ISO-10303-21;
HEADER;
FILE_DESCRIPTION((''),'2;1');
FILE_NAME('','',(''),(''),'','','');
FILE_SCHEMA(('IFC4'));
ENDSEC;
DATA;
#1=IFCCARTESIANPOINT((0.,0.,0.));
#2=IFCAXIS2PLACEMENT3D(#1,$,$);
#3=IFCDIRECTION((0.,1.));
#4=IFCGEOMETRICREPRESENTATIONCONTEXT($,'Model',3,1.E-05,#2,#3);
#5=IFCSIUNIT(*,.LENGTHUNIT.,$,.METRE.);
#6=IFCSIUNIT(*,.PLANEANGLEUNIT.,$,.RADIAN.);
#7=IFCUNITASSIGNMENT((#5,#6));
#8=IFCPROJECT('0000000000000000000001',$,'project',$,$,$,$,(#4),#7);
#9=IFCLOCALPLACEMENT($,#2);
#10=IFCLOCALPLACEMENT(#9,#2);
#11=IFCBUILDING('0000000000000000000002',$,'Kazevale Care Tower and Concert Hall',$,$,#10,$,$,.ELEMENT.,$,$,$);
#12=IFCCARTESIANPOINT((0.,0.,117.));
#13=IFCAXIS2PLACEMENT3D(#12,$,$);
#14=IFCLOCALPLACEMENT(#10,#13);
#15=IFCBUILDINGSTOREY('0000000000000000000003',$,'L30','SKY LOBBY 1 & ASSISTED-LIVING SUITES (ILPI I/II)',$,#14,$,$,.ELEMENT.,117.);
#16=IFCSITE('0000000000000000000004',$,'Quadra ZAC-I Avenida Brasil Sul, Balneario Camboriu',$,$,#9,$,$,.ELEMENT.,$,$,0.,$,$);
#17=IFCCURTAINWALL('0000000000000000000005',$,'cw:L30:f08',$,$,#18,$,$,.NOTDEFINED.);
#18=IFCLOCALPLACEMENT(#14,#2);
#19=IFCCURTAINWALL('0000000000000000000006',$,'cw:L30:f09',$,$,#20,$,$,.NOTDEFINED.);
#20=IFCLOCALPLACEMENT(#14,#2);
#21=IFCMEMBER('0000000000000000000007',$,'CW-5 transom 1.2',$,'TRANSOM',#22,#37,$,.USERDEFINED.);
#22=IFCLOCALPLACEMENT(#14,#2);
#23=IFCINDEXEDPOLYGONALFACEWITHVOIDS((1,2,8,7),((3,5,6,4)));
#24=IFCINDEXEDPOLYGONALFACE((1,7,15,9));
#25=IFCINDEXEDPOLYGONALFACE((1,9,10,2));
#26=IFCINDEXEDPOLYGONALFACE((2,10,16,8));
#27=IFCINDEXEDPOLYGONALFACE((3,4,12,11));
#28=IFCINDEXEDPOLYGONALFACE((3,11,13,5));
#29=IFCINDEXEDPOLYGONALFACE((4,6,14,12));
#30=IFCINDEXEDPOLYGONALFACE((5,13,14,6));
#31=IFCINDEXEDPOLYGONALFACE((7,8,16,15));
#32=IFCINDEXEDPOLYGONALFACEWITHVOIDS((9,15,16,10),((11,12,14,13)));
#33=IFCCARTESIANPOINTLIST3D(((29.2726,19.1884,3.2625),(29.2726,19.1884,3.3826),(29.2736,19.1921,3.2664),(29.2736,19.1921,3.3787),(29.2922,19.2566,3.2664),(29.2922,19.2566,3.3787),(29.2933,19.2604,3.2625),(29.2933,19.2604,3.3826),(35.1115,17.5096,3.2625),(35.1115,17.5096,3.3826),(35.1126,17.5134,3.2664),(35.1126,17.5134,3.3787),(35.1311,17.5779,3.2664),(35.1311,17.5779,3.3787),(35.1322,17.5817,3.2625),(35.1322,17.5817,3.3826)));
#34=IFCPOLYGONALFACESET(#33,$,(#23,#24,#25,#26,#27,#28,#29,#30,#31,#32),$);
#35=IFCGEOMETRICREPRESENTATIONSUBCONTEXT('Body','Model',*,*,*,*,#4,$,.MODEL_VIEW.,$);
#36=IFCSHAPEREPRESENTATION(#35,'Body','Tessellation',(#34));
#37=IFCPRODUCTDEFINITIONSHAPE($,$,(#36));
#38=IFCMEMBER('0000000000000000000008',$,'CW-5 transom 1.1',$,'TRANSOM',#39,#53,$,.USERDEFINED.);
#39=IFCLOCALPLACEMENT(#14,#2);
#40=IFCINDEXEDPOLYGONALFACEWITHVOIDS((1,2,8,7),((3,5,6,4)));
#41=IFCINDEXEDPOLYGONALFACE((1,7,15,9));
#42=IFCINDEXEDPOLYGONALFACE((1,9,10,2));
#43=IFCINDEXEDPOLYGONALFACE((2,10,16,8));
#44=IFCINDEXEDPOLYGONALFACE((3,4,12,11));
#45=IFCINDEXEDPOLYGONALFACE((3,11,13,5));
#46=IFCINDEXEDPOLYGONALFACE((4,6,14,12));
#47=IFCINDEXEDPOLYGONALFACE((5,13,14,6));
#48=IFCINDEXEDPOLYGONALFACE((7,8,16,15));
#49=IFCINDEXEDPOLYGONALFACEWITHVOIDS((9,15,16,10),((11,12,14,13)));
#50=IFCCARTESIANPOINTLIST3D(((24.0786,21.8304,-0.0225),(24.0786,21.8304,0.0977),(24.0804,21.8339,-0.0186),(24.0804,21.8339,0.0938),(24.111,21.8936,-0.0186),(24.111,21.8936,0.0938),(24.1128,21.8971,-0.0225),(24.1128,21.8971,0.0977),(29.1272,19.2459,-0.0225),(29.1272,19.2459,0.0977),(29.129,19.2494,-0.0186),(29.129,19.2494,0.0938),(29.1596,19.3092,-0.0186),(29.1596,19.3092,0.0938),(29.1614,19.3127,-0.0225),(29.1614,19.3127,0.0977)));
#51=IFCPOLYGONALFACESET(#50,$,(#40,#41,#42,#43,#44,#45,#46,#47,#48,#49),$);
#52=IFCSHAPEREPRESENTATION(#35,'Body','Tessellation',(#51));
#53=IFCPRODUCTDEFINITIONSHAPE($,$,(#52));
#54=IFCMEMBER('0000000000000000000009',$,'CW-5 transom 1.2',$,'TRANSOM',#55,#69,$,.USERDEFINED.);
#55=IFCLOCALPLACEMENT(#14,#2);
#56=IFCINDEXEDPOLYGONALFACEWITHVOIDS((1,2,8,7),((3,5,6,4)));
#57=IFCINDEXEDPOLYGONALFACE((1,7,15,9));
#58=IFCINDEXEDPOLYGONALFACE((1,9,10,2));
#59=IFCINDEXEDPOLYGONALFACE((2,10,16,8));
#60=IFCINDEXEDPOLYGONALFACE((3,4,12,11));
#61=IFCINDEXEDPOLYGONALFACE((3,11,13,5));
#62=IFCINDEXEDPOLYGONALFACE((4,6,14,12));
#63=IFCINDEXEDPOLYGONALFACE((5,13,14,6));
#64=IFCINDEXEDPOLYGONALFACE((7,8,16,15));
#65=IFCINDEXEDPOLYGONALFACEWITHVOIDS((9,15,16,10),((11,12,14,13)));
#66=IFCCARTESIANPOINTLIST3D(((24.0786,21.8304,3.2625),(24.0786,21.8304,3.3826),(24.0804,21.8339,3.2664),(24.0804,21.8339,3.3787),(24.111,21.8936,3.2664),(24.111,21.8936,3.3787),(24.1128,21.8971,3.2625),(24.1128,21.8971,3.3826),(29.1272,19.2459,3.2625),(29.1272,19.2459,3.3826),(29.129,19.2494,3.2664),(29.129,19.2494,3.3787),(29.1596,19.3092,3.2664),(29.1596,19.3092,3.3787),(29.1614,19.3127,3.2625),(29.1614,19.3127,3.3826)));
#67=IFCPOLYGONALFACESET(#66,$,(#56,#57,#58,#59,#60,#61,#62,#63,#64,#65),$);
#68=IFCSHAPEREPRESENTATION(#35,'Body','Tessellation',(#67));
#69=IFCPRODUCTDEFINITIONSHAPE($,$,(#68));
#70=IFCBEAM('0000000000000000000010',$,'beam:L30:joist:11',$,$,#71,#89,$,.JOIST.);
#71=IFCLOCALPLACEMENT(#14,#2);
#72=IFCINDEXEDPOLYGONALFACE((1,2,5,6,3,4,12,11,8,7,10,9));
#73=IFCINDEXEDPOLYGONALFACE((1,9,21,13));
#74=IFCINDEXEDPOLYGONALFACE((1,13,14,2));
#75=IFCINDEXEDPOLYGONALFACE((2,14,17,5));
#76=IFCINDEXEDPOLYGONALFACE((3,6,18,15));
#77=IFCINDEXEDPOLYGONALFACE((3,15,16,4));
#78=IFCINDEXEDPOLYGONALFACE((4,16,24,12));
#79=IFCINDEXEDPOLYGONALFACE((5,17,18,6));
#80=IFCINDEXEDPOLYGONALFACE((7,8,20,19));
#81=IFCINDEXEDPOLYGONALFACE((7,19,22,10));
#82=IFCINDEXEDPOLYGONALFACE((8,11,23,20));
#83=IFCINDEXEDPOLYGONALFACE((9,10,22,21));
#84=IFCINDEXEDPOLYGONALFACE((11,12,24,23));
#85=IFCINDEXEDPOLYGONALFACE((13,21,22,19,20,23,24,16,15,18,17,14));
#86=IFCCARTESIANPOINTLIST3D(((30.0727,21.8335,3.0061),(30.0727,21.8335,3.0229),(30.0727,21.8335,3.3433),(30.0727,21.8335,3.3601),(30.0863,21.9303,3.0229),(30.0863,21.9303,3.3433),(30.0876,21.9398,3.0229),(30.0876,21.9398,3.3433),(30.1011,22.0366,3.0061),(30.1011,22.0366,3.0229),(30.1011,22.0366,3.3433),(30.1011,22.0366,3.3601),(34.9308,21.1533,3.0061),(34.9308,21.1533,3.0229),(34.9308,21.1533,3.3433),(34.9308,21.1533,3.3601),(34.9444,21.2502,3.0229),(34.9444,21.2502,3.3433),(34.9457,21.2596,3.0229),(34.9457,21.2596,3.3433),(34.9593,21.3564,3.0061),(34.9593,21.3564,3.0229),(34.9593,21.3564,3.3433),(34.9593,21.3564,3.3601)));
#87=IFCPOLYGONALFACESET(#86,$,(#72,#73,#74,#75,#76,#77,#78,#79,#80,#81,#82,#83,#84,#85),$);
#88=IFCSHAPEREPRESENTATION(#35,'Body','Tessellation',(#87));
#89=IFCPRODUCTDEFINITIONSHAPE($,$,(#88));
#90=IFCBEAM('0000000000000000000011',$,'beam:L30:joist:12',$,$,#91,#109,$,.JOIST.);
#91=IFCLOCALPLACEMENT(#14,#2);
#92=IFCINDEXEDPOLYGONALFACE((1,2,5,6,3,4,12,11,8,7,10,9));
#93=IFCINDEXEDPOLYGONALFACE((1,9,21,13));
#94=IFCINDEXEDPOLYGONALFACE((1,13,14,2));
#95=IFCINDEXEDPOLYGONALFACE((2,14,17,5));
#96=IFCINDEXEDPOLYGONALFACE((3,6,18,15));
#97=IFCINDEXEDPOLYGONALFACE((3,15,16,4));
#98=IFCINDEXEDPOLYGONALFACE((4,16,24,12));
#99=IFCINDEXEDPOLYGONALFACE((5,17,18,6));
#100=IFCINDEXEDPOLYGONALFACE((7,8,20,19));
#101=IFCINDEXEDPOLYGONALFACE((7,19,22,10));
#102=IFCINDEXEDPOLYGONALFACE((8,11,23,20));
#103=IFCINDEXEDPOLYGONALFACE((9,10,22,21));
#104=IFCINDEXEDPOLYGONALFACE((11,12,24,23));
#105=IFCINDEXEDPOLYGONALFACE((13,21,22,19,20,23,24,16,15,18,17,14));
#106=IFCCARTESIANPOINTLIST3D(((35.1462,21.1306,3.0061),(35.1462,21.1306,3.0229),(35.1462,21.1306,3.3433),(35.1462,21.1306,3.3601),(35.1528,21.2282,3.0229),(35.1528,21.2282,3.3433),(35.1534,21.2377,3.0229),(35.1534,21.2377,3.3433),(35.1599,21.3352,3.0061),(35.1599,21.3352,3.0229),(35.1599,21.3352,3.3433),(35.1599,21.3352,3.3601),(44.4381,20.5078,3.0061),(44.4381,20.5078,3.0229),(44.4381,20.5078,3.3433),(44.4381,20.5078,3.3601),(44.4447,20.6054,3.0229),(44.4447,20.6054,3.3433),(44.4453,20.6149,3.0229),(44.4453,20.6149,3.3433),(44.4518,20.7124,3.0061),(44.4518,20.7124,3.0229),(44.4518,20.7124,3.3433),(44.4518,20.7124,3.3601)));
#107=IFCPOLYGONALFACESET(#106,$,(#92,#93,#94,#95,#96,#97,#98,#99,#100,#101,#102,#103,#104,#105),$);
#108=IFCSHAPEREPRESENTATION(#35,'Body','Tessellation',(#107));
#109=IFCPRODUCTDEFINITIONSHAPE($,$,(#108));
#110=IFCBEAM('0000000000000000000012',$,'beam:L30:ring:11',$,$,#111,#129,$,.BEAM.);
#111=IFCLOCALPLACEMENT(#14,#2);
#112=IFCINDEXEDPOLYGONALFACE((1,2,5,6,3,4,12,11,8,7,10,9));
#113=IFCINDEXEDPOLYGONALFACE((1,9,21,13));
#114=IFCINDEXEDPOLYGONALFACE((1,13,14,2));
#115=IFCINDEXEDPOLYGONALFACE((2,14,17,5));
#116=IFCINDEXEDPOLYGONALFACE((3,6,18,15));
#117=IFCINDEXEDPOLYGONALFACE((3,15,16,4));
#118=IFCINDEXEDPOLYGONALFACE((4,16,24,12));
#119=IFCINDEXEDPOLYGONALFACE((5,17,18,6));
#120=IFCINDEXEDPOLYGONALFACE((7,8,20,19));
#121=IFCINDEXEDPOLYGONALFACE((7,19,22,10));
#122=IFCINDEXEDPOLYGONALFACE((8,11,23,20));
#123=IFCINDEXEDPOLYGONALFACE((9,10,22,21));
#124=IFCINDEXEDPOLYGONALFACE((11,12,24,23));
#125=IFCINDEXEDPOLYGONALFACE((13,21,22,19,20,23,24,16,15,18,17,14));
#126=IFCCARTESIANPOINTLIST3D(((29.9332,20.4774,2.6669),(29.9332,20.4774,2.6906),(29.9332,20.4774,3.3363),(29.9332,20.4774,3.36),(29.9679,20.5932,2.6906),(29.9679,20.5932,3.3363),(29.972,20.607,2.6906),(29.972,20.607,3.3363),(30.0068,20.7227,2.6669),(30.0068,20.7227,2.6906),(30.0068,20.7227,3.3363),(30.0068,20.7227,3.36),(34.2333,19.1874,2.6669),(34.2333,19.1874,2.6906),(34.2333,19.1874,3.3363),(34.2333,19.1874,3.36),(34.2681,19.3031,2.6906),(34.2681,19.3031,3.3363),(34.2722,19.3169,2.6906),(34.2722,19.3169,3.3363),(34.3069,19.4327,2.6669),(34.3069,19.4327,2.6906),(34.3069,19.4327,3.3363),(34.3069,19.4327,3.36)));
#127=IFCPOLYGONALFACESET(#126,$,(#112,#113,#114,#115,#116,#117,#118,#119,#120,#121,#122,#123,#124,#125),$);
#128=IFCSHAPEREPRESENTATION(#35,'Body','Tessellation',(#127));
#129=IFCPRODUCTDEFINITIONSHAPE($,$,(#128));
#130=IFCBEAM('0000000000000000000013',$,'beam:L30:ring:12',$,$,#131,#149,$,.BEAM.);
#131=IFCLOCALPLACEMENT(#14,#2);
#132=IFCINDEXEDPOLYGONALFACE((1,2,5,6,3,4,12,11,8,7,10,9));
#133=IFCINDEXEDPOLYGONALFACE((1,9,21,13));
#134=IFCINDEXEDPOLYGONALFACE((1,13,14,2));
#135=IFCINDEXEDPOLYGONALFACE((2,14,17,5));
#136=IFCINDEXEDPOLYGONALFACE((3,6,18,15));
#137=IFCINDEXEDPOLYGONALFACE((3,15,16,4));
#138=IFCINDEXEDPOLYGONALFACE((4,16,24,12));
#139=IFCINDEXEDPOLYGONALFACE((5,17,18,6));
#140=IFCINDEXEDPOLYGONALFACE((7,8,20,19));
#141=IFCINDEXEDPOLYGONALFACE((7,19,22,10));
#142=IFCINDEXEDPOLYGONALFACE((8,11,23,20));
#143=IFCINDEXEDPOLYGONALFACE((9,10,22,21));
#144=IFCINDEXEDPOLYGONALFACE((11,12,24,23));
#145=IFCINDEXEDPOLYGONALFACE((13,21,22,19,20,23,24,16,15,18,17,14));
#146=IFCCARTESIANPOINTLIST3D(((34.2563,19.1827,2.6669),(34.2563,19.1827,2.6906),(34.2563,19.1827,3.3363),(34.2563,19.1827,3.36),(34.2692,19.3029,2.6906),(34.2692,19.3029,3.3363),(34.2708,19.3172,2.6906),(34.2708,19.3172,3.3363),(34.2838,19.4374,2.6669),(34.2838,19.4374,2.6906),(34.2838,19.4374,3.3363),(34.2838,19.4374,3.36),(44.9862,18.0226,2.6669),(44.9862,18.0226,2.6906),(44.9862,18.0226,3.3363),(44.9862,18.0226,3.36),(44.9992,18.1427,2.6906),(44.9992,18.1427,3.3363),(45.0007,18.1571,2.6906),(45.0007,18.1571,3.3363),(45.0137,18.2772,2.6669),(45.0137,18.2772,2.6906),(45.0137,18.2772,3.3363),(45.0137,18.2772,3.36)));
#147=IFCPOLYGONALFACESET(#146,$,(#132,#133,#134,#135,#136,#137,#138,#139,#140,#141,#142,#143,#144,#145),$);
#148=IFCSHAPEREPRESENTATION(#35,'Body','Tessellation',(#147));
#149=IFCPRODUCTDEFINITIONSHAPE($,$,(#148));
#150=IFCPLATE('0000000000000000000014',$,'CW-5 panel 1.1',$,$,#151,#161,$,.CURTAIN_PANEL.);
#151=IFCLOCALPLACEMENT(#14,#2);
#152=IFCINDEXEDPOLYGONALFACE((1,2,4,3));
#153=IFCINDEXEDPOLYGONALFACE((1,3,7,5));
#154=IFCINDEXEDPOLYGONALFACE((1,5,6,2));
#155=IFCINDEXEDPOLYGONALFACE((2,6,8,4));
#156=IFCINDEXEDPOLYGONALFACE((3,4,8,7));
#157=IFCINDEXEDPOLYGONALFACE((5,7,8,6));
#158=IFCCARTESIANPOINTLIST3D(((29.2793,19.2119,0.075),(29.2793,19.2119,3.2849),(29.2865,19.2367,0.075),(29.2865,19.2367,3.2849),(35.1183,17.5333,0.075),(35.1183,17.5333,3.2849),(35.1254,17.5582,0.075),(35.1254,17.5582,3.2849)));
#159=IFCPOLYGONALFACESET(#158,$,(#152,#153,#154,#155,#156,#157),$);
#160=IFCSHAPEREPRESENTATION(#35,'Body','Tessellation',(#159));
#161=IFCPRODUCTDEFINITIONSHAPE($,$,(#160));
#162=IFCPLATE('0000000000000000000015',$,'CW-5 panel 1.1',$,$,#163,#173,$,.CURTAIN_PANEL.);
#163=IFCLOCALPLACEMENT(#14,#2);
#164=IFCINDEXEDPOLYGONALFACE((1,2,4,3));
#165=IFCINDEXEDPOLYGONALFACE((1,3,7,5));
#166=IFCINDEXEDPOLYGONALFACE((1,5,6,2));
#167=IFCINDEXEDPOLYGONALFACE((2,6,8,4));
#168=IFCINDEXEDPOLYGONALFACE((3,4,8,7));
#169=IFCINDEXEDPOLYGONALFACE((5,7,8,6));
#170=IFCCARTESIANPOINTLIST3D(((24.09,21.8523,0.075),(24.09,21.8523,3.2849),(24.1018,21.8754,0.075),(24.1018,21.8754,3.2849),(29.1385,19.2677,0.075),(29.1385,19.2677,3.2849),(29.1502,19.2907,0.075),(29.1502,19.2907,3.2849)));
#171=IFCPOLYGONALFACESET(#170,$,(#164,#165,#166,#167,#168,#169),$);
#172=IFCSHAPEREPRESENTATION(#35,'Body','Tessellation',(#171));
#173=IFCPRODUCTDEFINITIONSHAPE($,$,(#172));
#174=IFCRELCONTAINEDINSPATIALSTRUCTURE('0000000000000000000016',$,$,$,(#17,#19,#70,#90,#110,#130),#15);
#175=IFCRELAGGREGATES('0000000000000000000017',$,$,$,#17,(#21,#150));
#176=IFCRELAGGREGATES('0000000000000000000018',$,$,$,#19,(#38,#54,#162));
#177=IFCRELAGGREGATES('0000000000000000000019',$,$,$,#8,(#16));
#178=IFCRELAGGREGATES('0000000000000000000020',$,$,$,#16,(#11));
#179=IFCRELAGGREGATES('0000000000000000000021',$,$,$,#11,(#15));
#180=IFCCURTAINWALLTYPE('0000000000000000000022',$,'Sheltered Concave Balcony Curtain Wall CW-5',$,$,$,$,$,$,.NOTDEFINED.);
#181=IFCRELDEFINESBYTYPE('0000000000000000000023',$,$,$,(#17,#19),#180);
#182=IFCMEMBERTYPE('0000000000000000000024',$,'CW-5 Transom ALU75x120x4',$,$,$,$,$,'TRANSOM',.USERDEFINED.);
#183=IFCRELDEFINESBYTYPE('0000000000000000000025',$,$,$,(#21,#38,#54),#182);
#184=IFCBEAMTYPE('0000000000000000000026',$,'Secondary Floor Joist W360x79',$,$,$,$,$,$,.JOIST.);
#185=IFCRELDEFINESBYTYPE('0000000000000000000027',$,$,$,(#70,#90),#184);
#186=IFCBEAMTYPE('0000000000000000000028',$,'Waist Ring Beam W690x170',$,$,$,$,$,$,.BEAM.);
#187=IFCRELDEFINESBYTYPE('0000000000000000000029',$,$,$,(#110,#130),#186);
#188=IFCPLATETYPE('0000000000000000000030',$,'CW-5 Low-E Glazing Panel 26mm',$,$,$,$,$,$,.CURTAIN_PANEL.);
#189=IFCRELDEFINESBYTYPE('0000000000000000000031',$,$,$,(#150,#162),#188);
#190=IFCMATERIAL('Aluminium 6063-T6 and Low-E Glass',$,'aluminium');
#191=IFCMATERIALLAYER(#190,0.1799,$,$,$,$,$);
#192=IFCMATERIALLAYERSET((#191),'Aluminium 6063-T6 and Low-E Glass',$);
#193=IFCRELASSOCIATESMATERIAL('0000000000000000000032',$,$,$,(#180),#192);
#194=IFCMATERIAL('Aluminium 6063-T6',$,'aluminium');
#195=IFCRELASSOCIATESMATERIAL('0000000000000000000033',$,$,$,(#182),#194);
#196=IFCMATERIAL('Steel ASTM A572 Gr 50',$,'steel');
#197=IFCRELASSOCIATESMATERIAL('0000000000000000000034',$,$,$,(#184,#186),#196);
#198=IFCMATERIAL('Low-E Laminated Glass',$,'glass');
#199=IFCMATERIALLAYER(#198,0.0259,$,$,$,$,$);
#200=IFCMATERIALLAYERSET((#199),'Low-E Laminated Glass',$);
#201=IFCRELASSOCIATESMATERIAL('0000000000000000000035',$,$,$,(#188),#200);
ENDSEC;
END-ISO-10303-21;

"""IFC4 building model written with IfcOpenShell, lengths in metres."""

from ifc_helpers import new_model, si_unit, direction, frame, origin, origin_2d, place, context, subcontext, project, spatial, rectangle, hollow_rectangle, i_section, extrude, material, layer, layer_set, material_profile, profile_set, type_object, element, aggregate, save


model = new_model("IFC4")

# Units and contexts
model_context = context("Model", 3, precision=1e-05, world=origin(), true_north=direction((0.0, 1.0)))
body_context = subcontext(model_context, "Body", "Model", "MODEL_VIEW")
ifc_project = project(units=[si_unit("LENGTHUNIT", "METRE"), si_unit("PLANEANGLEUNIT", "RADIAN")], contexts=[model_context])

# Site, building, storey
site_placement = place(None, origin())
site = spatial("IfcSite", under=ifc_project, at=site_placement, Name="Quadra ZAC-I Avenida Brasil Sul, Balneario Camboriu", CompositionType="ELEMENT", RefElevation=0.0)
building_placement = place(site_placement, origin())
building = spatial("IfcBuilding", under=site, at=building_placement, Name="Kazevale Care Tower and Concert Hall", CompositionType="ELEMENT")
storey_placement = place(building_placement, frame((0.0, 0.0, 117.0)))
storey = spatial("IfcBuildingStorey", under=building, at=storey_placement, Name="L30", Description="SKY LOBBY 1 & ASSISTED-LIVING SUITES (ILPI I/II)", CompositionType="ELEMENT", Elevation=117.0)

# Shared definitions
ifc_material_1 = material(Name="Aluminium 6063-T6 and Low-E Glass", Category="aluminium")
ifc_layer_1 = layer(ifc_material_1, 0.1799)
ifc_layer_set_1 = layer_set([ifc_layer_1], Name="Aluminium 6063-T6 and Low-E Glass")
curtain_wall_type = type_object("IfcCurtainWallType", Name="Sheltered Concave Balcony Curtain Wall CW-5", PredefinedType="NOTDEFINED", material=ifc_layer_set_1)
ifc_material_2 = material(Name="Aluminium 6063-T6", Category="aluminium")

# Curtain wall
curtain_wall_1_placement = place(storey_placement, origin())
curtain_wall_1 = element("IfcCurtainWall", 1, at=curtain_wall_1_placement, inside=storey, type_object=curtain_wall_type, Name="cw:L30:f08", PredefinedType="NOTDEFINED")

# Curtain wall
curtain_wall_2_placement = place(storey_placement, origin())
curtain_wall_2 = element("IfcCurtainWall", 2, at=curtain_wall_2_placement, inside=storey, type_object=curtain_wall_type, Name="cw:L30:f09", PredefinedType="NOTDEFINED")

# Members
ifc_material_profile_1 = material_profile(ifc_material_2, hollow_rectangle(XDim=0.075, YDim=0.1201, WallThickness=0.0039, at=origin_2d()), Name="ALU75x120x4")
ifc_profile_set_1 = profile_set([ifc_material_profile_1], Name="Aluminium 6063-T6")
member_type_1 = type_object("IfcMemberType", Name="CW-5 Transom ALU75x120x4", ElementType="TRANSOM", PredefinedType="USERDEFINED", material=ifc_profile_set_1)
member_1_placement = place(storey_placement, frame((35.1218, 17.5457, 3.3225), z_axis=(-0.961068, 0.276313, 0.0), x_axis=(-0.276313, -0.961068, 0.0)))
member_1 = element("IfcMember", 3, at=member_1_placement, type_object=member_type_1, Name="CW-5 transom 1.2", ObjectType="TRANSOM", PredefinedType="USERDEFINED", context=body_context, shape_type="SweptSolid", body=[
    extrude(hollow_rectangle(XDim=0.075, YDim=0.1201, WallThickness=0.0039, at=origin_2d()), origin(), (0.0, 0.0, 1.0), 6.0754),
])
member_2_placement = place(storey_placement, frame((29.1443, 19.2793, 0.0376), z_axis=(-0.890143, 0.455682, 0.0), x_axis=(-0.455682, -0.890143, 0.0)))
member_2 = element("IfcMember", 4, at=member_2_placement, type_object=member_type_1, Name="CW-5 transom 1.1", ObjectType="TRANSOM", PredefinedType="USERDEFINED", context=body_context, shape_type="SweptSolid", body=[
    extrude(hollow_rectangle(XDim=0.075, YDim=0.1201, WallThickness=0.0039, at=origin_2d()), origin(), (0.0, 0.0, 1.0), 5.6716),
])
member_3_placement = place(storey_placement, frame((29.1443, 19.2793, 3.3225), z_axis=(-0.890143, 0.455682, 0.0), x_axis=(-0.455682, -0.890143, 0.0)))
member_3 = element("IfcMember", 5, at=member_3_placement, type_object=member_type_1, Name="CW-5 transom 1.2", ObjectType="TRANSOM", PredefinedType="USERDEFINED", context=body_context, shape_type="SweptSolid", body=[
    extrude(hollow_rectangle(XDim=0.075, YDim=0.1201, WallThickness=0.0039, at=origin_2d()), origin(), (0.0, 0.0, 1.0), 5.6716),
])

# Beams
ifc_material_3 = material(Name="Steel ASTM A572 Gr 50", Category="steel")
ifc_material_profile_2 = material_profile(ifc_material_3, i_section(OverallWidth=0.2051, OverallDepth=0.354, WebThickness=0.0095, FlangeThickness=0.0168, at=origin_2d()), Name="W360x79")
ifc_profile_set_2 = profile_set([ifc_material_profile_2], Name="Steel ASTM A572 Gr 50")
beam_type_1 = type_object("IfcBeamType", Name="Secondary Floor Joist W360x79", PredefinedType="JOIST", material=ifc_profile_set_2)
beam_1_placement = place(storey_placement, frame((30.0869, 21.9351, 3.1831), z_axis=(0.990341, -0.138655, 0.0), x_axis=(0.138655, 0.990341, 0.0)))
element("IfcBeam", 6, at=beam_1_placement, inside=storey, type_object=beam_type_1, Name="beam:L30:joist:11", PredefinedType="JOIST", context=body_context, shape_type="SweptSolid", body=[
    extrude(i_section(OverallWidth=0.2051, OverallDepth=0.354, WebThickness=0.0095, FlangeThickness=0.0168, at=origin_2d()), origin(), (0.0, 0.0, 1.0), 4.9055),
])
beam_2_placement = place(storey_placement, frame((35.1531, 21.2329, 3.1831), z_axis=(0.997761, -0.066876, 0.0), x_axis=(0.066876, 0.997761, 0.0)))
element("IfcBeam", 7, at=beam_2_placement, inside=storey, type_object=beam_type_1, Name="beam:L30:joist:12", PredefinedType="JOIST", context=body_context, shape_type="SweptSolid", body=[
    extrude(i_section(OverallWidth=0.2051, OverallDepth=0.354, WebThickness=0.0095, FlangeThickness=0.0168, at=origin_2d()), origin(), (0.0, 0.0, 1.0), 9.3127),
])
ifc_material_profile_3 = material_profile(ifc_material_3, i_section(OverallWidth=0.2561, OverallDepth=0.6931, WebThickness=0.0144, FlangeThickness=0.0237, at=origin_2d()), Name="W690x170")
ifc_profile_set_3 = profile_set([ifc_material_profile_3], Name="Steel ASTM A572 Gr 50")
beam_type_2 = type_object("IfcBeamType", Name="Waist Ring Beam W690x170", PredefinedType="BEAM", material=ifc_profile_set_3)
beam_3_placement = place(storey_placement, frame((29.97, 20.6001, 3.0134), z_axis=(0.957825, -0.287353, 0.0), x_axis=(0.287353, 0.957825, 0.0)))
element("IfcBeam", 8, at=beam_3_placement, inside=storey, type_object=beam_type_2, Name="beam:L30:ring:11", PredefinedType="BEAM", context=body_context, shape_type="SweptSolid", body=[
    extrude(i_section(OverallWidth=0.2561, OverallDepth=0.6931, WebThickness=0.0144, FlangeThickness=0.0237, at=origin_2d()), origin(), (0.0, 0.0, 1.0), 4.4895),
])
beam_4_placement = place(storey_placement, frame((34.27, 19.3101, 3.0134), z_axis=(0.994205, -0.107496, 0.0), x_axis=(0.107496, 0.994205, 0.0)))
element("IfcBeam", 9, at=beam_4_placement, inside=storey, type_object=beam_type_2, Name="beam:L30:ring:12", PredefinedType="BEAM", context=body_context, shape_type="SweptSolid", body=[
    extrude(i_section(OverallWidth=0.2561, OverallDepth=0.6931, WebThickness=0.0144, FlangeThickness=0.0237, at=origin_2d()), origin(), (0.0, 0.0, 1.0), 10.7925),
])

# Plates
ifc_material_4 = material(Name="Low-E Laminated Glass", Category="glass")
ifc_layer_2 = layer(ifc_material_4, 0.0259)
ifc_layer_set_2 = layer_set([ifc_layer_2], Name="Low-E Laminated Glass")
plate_type = type_object("IfcPlateType", Name="CW-5 Low-E Glazing Panel 26mm", PredefinedType="CURTAIN_PANEL", material=ifc_layer_set_2)
plate_1_placement = place(storey_placement, frame((32.2024, 18.385, 0.075), z_axis=(0.0, 0.0, 1.0), x_axis=(-0.961074, 0.276291, 0.0)))
plate_1 = element("IfcPlate", 10, at=plate_1_placement, type_object=plate_type, Name="CW-5 panel 1.1", PredefinedType="CURTAIN_PANEL", context=body_context, shape_type="SweptSolid", body=[
    extrude(rectangle(XDim=6.0754, YDim=0.0259, at=origin_2d()), origin(), (0.0, 0.0, 1.0), 3.21),
])
aggregate(curtain_wall_1, [member_1, plate_1])
plate_2_placement = place(storey_placement, frame((26.6201, 20.5715, 0.075), z_axis=(0.0, 0.0, 1.0), x_axis=(-0.890127, 0.455713, 0.0)))
plate_2 = element("IfcPlate", 11, at=plate_2_placement, type_object=plate_type, Name="CW-5 panel 1.1", PredefinedType="CURTAIN_PANEL", context=body_context, shape_type="SweptSolid", body=[
    extrude(rectangle(XDim=5.6716, YDim=0.0259, at=origin_2d()), origin(), (0.0, 0.0, 1.0), 3.21),
])
aggregate(curtain_wall_2, [member_2, member_3, plate_2])

save(model, "model.ifc")
